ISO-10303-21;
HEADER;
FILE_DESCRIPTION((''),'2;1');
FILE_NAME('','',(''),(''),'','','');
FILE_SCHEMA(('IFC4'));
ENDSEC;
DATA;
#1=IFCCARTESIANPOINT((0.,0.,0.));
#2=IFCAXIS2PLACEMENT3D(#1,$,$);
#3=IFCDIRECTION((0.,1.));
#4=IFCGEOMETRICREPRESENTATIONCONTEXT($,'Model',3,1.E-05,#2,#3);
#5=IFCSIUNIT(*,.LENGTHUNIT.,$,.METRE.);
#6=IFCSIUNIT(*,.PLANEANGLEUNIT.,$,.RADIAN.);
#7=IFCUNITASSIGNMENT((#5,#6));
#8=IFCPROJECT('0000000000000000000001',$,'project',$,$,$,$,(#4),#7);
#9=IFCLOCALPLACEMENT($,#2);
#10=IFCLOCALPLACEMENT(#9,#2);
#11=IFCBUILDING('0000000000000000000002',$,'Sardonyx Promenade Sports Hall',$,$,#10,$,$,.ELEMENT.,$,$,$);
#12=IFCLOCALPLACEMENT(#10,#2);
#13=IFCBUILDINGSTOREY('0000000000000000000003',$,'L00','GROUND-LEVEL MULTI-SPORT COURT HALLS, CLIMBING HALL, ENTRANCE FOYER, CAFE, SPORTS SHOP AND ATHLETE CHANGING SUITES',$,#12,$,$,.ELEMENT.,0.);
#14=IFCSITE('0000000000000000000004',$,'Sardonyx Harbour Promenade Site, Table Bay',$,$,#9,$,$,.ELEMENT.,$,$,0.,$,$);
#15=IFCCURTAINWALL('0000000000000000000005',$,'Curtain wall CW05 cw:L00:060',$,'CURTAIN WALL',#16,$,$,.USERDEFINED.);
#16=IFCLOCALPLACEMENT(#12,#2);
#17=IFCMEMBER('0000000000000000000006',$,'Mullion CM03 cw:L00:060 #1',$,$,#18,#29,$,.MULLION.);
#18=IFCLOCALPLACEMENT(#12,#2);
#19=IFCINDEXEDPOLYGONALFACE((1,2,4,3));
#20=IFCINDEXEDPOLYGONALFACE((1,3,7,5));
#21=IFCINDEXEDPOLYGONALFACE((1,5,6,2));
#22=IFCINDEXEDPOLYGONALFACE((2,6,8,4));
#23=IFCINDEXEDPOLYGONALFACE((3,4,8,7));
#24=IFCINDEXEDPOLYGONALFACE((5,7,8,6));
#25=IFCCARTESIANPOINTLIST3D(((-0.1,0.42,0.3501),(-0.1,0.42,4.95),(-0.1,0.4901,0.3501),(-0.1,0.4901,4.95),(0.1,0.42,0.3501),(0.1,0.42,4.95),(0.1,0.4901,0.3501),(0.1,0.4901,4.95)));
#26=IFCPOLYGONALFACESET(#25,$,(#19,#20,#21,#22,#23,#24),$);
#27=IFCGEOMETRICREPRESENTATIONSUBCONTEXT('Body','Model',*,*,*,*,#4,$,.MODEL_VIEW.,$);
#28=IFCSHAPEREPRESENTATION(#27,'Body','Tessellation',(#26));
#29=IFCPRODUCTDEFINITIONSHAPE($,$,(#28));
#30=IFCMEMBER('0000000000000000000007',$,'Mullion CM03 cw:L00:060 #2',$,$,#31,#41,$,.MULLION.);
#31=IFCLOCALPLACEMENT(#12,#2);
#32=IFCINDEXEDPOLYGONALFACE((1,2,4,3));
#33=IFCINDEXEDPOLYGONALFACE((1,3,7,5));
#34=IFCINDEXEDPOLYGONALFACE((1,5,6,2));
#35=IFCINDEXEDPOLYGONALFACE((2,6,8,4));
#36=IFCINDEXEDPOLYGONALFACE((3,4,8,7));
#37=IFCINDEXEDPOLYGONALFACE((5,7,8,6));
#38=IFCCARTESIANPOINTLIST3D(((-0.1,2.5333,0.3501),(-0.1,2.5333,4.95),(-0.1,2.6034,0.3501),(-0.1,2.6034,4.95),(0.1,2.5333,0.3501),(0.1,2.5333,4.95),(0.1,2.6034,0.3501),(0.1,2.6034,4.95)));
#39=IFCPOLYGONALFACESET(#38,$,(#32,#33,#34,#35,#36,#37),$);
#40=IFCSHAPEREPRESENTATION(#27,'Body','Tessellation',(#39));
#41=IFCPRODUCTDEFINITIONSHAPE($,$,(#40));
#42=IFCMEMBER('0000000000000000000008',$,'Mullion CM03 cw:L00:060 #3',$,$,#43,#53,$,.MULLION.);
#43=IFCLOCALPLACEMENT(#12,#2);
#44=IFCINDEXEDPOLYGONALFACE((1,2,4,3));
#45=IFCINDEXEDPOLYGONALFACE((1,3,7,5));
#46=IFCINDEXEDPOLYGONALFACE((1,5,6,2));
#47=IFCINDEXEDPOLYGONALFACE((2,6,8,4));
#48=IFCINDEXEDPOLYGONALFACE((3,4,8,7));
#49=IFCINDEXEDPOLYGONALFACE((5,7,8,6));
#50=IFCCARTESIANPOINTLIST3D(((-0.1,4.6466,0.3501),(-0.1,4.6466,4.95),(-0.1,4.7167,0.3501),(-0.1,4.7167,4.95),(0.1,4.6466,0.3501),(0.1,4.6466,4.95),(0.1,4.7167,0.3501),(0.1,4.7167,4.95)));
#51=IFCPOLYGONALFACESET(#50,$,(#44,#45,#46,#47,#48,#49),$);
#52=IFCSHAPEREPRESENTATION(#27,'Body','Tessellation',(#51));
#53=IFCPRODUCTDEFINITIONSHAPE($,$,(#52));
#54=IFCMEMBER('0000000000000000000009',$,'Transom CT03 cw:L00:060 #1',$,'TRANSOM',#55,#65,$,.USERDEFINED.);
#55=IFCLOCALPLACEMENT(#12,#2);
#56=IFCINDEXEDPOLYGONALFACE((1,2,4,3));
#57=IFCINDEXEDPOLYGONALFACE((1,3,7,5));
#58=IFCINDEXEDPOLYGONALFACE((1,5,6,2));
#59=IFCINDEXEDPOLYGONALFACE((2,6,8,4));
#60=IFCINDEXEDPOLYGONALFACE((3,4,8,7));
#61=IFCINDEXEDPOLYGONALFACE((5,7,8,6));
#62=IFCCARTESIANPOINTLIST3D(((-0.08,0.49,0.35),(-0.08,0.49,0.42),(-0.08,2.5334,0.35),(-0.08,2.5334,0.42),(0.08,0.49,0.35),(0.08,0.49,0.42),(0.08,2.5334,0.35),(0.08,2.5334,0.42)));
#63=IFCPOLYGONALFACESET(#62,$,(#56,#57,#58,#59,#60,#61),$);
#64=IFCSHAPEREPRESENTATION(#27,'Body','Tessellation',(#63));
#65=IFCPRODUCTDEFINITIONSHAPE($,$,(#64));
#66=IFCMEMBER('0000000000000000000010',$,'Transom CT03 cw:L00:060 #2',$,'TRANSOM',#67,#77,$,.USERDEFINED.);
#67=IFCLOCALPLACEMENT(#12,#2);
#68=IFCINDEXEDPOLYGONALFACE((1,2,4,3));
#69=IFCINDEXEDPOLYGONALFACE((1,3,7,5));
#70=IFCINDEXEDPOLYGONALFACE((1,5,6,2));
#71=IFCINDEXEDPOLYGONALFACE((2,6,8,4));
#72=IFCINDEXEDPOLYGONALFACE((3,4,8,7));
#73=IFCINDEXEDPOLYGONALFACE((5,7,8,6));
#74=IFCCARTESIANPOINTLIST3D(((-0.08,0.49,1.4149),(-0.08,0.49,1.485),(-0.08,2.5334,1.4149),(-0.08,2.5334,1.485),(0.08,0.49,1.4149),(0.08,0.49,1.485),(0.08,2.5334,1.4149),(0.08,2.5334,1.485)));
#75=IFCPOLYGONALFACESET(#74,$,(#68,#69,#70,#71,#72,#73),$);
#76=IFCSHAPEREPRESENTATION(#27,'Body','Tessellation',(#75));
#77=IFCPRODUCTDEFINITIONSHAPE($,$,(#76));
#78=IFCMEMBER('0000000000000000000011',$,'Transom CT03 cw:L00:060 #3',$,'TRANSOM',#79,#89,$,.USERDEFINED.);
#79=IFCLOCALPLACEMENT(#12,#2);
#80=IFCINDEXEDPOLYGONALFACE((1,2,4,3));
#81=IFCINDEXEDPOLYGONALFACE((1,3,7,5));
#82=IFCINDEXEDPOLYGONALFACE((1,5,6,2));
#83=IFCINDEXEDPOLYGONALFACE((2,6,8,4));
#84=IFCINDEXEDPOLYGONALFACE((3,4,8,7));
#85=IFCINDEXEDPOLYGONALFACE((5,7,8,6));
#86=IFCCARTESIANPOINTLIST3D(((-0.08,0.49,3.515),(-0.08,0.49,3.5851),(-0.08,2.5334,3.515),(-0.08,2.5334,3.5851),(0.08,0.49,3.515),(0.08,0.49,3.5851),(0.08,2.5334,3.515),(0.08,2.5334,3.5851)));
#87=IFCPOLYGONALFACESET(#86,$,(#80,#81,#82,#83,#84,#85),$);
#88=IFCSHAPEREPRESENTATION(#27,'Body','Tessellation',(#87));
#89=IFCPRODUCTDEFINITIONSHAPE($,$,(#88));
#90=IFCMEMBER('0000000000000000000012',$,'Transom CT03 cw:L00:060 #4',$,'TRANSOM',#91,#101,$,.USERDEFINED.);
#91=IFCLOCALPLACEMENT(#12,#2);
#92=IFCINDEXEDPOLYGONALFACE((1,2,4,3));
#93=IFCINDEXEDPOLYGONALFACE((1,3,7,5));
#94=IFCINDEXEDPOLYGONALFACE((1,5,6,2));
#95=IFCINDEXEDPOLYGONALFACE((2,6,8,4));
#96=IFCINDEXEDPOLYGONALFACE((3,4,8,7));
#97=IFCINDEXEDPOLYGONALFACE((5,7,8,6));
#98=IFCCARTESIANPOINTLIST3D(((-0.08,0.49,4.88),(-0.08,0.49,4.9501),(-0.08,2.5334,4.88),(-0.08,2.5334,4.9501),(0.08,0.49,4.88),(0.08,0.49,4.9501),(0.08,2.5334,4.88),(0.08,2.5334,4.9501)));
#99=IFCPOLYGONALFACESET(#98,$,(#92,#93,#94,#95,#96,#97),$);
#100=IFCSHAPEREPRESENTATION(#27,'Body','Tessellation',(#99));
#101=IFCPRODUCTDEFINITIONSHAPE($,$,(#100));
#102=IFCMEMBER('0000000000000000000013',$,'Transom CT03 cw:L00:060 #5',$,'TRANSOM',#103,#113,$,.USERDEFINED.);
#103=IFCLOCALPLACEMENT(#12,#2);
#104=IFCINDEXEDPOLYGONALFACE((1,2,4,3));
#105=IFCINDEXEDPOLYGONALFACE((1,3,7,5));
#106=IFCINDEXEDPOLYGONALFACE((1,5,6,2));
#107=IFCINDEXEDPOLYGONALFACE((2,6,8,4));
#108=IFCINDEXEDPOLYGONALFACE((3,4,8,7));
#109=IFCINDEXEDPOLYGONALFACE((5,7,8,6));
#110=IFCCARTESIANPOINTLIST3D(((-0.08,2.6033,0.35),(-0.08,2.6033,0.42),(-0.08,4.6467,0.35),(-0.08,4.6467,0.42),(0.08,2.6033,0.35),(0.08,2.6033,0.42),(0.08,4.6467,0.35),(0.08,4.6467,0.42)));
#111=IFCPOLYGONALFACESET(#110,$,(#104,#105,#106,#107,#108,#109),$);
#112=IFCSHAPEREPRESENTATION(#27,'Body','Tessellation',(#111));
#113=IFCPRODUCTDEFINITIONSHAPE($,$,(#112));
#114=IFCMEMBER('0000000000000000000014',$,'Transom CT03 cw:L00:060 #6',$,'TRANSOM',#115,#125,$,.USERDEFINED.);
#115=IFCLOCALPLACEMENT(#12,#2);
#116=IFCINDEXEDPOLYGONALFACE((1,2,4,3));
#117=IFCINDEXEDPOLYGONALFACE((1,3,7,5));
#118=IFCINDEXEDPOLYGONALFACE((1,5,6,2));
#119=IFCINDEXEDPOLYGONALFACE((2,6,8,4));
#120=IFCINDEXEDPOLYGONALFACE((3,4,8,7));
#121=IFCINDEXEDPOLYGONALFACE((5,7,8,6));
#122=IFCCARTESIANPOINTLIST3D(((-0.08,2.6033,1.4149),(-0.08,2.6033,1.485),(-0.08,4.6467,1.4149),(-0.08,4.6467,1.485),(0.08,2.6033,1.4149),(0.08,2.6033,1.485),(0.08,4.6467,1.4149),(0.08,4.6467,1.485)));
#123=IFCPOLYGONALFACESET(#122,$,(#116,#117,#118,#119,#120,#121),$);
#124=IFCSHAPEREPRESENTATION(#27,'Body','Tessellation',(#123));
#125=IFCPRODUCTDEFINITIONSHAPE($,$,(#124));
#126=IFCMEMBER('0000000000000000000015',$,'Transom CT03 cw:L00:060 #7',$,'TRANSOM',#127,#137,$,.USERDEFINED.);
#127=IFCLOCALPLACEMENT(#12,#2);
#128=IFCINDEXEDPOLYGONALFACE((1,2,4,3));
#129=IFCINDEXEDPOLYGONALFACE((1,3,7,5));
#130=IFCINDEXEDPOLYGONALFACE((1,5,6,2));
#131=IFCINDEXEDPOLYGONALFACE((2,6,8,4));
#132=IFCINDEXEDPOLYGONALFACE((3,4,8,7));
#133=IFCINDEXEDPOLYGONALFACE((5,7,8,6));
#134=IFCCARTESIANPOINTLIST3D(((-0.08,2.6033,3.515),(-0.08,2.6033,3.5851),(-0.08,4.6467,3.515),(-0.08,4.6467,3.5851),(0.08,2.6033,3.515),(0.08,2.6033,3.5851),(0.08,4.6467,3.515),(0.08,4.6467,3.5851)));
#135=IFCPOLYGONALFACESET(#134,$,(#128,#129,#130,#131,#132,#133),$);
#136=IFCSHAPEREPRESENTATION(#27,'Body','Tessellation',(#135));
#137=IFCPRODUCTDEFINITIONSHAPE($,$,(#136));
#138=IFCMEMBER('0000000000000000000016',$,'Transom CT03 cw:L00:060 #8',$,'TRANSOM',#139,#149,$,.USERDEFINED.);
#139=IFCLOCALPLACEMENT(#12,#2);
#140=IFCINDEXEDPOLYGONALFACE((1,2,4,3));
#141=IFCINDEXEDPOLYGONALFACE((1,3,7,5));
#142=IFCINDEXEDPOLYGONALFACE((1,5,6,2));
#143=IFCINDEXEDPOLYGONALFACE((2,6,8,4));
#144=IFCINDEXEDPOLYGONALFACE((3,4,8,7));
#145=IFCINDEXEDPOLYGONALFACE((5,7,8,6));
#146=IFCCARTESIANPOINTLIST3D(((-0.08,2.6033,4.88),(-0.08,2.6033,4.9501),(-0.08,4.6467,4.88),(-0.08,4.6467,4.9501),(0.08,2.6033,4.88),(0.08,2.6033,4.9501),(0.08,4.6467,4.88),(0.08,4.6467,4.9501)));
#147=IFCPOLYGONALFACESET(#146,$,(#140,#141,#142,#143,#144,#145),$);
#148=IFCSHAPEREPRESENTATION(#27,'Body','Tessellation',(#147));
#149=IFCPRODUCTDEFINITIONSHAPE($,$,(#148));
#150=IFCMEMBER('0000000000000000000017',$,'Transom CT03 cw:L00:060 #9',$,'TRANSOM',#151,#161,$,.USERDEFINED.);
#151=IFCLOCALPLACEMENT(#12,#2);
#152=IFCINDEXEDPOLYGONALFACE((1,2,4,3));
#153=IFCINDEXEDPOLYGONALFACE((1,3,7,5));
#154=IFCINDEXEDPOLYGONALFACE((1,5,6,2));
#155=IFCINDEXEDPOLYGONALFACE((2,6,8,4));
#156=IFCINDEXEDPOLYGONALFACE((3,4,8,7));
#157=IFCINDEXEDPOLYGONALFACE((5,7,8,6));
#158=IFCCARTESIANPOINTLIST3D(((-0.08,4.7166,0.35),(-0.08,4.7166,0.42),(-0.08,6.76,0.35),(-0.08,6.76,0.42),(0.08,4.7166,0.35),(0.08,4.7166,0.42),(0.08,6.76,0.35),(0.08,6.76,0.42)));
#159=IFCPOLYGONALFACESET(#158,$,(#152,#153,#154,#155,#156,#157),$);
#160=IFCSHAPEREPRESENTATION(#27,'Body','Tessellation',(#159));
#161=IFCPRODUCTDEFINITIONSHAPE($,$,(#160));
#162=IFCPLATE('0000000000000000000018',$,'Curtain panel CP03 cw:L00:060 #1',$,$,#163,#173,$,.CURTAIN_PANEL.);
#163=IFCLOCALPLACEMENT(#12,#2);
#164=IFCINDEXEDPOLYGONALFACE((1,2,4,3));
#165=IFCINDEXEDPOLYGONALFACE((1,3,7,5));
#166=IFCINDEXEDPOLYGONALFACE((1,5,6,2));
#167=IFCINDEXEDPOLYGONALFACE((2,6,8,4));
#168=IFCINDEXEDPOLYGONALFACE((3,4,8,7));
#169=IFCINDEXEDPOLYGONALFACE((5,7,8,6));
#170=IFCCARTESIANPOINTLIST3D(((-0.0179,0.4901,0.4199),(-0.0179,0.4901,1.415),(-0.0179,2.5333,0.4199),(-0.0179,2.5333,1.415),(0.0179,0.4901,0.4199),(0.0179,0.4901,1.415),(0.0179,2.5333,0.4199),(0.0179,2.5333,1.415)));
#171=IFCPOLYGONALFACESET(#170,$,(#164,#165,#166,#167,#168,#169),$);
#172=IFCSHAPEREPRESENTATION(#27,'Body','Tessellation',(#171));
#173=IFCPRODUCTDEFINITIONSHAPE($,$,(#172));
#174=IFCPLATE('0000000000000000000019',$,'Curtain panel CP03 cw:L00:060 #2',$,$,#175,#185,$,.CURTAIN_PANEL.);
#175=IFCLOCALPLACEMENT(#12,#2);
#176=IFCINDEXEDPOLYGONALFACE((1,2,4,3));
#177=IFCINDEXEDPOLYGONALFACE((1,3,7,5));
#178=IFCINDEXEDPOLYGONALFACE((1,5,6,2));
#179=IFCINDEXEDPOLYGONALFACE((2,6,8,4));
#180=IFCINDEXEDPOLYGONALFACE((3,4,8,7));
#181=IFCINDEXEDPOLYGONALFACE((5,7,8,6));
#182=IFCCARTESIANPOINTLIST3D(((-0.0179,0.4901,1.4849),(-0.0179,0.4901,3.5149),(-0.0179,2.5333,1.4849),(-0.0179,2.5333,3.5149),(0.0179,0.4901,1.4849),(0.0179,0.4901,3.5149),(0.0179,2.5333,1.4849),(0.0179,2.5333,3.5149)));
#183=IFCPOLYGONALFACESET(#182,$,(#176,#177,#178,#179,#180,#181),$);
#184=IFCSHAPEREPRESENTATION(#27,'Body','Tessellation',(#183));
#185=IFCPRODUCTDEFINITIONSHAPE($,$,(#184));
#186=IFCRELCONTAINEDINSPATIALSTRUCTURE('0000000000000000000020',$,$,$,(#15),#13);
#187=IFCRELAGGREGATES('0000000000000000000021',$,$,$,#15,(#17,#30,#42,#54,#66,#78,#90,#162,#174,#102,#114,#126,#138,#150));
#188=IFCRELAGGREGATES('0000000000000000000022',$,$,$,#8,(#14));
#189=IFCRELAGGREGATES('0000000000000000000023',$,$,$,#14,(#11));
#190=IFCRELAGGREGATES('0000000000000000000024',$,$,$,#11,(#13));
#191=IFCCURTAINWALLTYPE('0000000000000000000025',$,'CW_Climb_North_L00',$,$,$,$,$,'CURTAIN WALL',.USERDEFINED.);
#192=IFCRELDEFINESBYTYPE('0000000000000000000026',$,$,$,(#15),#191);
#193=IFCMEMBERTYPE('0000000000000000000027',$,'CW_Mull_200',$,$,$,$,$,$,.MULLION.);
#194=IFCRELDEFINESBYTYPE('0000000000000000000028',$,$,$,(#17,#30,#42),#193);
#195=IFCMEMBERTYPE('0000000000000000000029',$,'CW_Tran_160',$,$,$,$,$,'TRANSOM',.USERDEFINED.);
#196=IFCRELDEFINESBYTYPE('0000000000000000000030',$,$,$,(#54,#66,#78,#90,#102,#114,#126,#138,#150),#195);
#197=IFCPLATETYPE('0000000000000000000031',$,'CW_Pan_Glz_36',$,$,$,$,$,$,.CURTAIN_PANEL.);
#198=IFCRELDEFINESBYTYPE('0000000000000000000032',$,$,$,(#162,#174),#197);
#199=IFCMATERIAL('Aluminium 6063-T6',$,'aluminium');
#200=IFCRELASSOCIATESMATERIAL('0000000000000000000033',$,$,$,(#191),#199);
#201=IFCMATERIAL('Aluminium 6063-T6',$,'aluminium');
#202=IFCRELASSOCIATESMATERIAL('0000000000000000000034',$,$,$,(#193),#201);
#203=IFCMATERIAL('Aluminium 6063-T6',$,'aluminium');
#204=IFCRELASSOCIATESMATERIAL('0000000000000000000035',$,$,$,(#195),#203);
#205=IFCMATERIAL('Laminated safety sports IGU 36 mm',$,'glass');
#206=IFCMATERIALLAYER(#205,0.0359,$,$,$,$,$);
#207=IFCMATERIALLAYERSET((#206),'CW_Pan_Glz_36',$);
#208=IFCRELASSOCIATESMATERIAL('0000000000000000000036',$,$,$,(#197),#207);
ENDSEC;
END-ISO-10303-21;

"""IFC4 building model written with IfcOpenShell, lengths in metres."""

from ifc_helpers import new_model, si_unit, direction, frame, origin, origin_2d, place, context, subcontext, project, spatial, rectangle, extrude, material, layer, layer_set, material_profile, profile_set, type_object, element, aggregate, save


model = new_model("IFC4")

# Units and contexts
model_context = context("Model", 3, precision=1e-05, world=origin(), true_north=direction((0.0, 1.0)))
body_context = subcontext(model_context, "Body", "Model", "MODEL_VIEW")
ifc_project = project(units=[si_unit("LENGTHUNIT", "METRE"), si_unit("PLANEANGLEUNIT", "RADIAN")], contexts=[model_context])

# Site, building, storey
site_placement = place(None, origin())
site = spatial("IfcSite", under=ifc_project, at=site_placement, Name="Sardonyx Harbour Promenade Site, Table Bay", CompositionType="ELEMENT", RefElevation=0.0)
building_placement = place(site_placement, origin())
building = spatial("IfcBuilding", under=site, at=building_placement, Name="Sardonyx Promenade Sports Hall", CompositionType="ELEMENT")
storey_placement = place(building_placement, origin())
storey = spatial("IfcBuildingStorey", under=building, at=storey_placement, Name="L00", Description="GROUND-LEVEL MULTI-SPORT COURT HALLS, CLIMBING HALL, ENTRANCE FOYER, CAFE, SPORTS SHOP AND ATHLETE CHANGING SUITES", CompositionType="ELEMENT", Elevation=0.0)

# Curtain wall, members, plates
ifc_material_1 = material(Name="Aluminium 6063-T6", Category="aluminium")
curtain_wall_type = type_object("IfcCurtainWallType", Name="CW_Climb_North_L00", ElementType="CURTAIN WALL", PredefinedType="USERDEFINED", material=ifc_material_1)
curtain_wall_placement = place(storey_placement, origin())
curtain_wall = element("IfcCurtainWall", 1, at=curtain_wall_placement, inside=storey, type_object=curtain_wall_type, Name="Curtain wall CW05 cw:L00:060", ObjectType="CURTAIN WALL", PredefinedType="USERDEFINED")
ifc_material_2 = material(Name="Aluminium 6063-T6", Category="aluminium")
ifc_material_profile_1 = material_profile(ifc_material_2, rectangle(XDim=0.0701, YDim=0.2, at=origin_2d()))
ifc_profile_set_1 = profile_set([ifc_material_profile_1], Name="Aluminium 6063-T6")
member_type_1 = type_object("IfcMemberType", Name="CW_Mull_200", PredefinedType="MULLION", material=ifc_profile_set_1)
member_1_placement = place(storey_placement, frame((0.0, 0.4551, 0.3501), z_axis=(0.0, 0.0, 1.0), x_axis=(0.0, 1.0, 0.0)))
member_1 = element("IfcMember", 2, at=member_1_placement, type_object=member_type_1, Name="Mullion CM03 cw:L00:060 #1", PredefinedType="MULLION", context=body_context, shape_type="SweptSolid", body=[
    extrude(rectangle(XDim=0.0701, YDim=0.2, at=origin_2d()), origin(), (0.0, 0.0, 1.0), 4.5999),
])
member_2_placement = place(storey_placement, frame((0.0, 2.5684, 0.3501), z_axis=(0.0, 0.0, 1.0), x_axis=(0.0, 1.0, 0.0)))
member_2 = element("IfcMember", 3, at=member_2_placement, type_object=member_type_1, Name="Mullion CM03 cw:L00:060 #2", PredefinedType="MULLION", context=body_context, shape_type="SweptSolid", body=[
    extrude(rectangle(XDim=0.0701, YDim=0.2, at=origin_2d()), origin(), (0.0, 0.0, 1.0), 4.5999),
])
member_3_placement = place(storey_placement, frame((0.0, 4.6816, 0.3501), z_axis=(0.0, 0.0, 1.0), x_axis=(0.0, 1.0, 0.0)))
member_3 = element("IfcMember", 4, at=member_3_placement, type_object=member_type_1, Name="Mullion CM03 cw:L00:060 #3", PredefinedType="MULLION", context=body_context, shape_type="SweptSolid", body=[
    extrude(rectangle(XDim=0.0701, YDim=0.2, at=origin_2d()), origin(), (0.0, 0.0, 1.0), 4.5999),
])
ifc_material_3 = material(Name="Aluminium 6063-T6", Category="aluminium")
ifc_material_profile_2 = material_profile(ifc_material_3, rectangle(XDim=0.0701, YDim=0.1599, at=origin_2d()))
ifc_profile_set_2 = profile_set([ifc_material_profile_2], Name="Aluminium 6063-T6")
member_type_2 = type_object("IfcMemberType", Name="CW_Tran_160", ElementType="TRANSOM", PredefinedType="USERDEFINED", material=ifc_profile_set_2)
member_4_placement = place(storey_placement, frame((0.0, 0.49, 0.385), z_axis=(0.0, 1.0, 0.0), x_axis=(0.0, 0.0, 1.0)))
member_4 = element("IfcMember", 5, at=member_4_placement, type_object=member_type_2, Name="Transom CT03 cw:L00:060 #1", ObjectType="TRANSOM", PredefinedType="USERDEFINED", context=body_context, shape_type="SweptSolid", body=[
    extrude(rectangle(XDim=0.0701, YDim=0.1599, at=origin_2d()), origin(), (0.0, 0.0, 1.0), 2.0435),
])
member_5_placement = place(storey_placement, frame((0.0, 0.49, 1.45), z_axis=(0.0, 1.0, 0.0), x_axis=(0.0, 0.0, 1.0)))
member_5 = element("IfcMember", 6, at=member_5_placement, type_object=member_type_2, Name="Transom CT03 cw:L00:060 #2", ObjectType="TRANSOM", PredefinedType="USERDEFINED", context=body_context, shape_type="SweptSolid", body=[
    extrude(rectangle(XDim=0.0701, YDim=0.1599, at=origin_2d()), origin(), (0.0, 0.0, 1.0), 2.0435),
])
member_6_placement = place(storey_placement, frame((0.0, 0.49, 3.55), z_axis=(0.0, 1.0, 0.0), x_axis=(0.0, 0.0, 1.0)))
member_6 = element("IfcMember", 7, at=member_6_placement, type_object=member_type_2, Name="Transom CT03 cw:L00:060 #3", ObjectType="TRANSOM", PredefinedType="USERDEFINED", context=body_context, shape_type="SweptSolid", body=[
    extrude(rectangle(XDim=0.0701, YDim=0.1599, at=origin_2d()), origin(), (0.0, 0.0, 1.0), 2.0435),
])
member_7_placement = place(storey_placement, frame((0.0, 0.49, 4.915), z_axis=(0.0, 1.0, 0.0), x_axis=(0.0, 0.0, 1.0)))
member_7 = element("IfcMember", 8, at=member_7_placement, type_object=member_type_2, Name="Transom CT03 cw:L00:060 #4", ObjectType="TRANSOM", PredefinedType="USERDEFINED", context=body_context, shape_type="SweptSolid", body=[
    extrude(rectangle(XDim=0.0701, YDim=0.1599, at=origin_2d()), origin(), (0.0, 0.0, 1.0), 2.0435),
])
member_8_placement = place(storey_placement, frame((0.0, 2.6033, 0.385), z_axis=(0.0, 1.0, 0.0), x_axis=(0.0, 0.0, 1.0)))
member_8 = element("IfcMember", 9, at=member_8_placement, type_object=member_type_2, Name="Transom CT03 cw:L00:060 #5", ObjectType="TRANSOM", PredefinedType="USERDEFINED", context=body_context, shape_type="SweptSolid", body=[
    extrude(rectangle(XDim=0.0701, YDim=0.1599, at=origin_2d()), origin(), (0.0, 0.0, 1.0), 2.0435),
])
member_9_placement = place(storey_placement, frame((0.0, 2.6033, 1.45), z_axis=(0.0, 1.0, 0.0), x_axis=(0.0, 0.0, 1.0)))
member_9 = element("IfcMember", 10, at=member_9_placement, type_object=member_type_2, Name="Transom CT03 cw:L00:060 #6", ObjectType="TRANSOM", PredefinedType="USERDEFINED", context=body_context, shape_type="SweptSolid", body=[
    extrude(rectangle(XDim=0.0701, YDim=0.1599, at=origin_2d()), origin(), (0.0, 0.0, 1.0), 2.0435),
])
member_10_placement = place(storey_placement, frame((0.0, 2.6033, 3.55), z_axis=(0.0, 1.0, 0.0), x_axis=(0.0, 0.0, 1.0)))
member_10 = element("IfcMember", 11, at=member_10_placement, type_object=member_type_2, Name="Transom CT03 cw:L00:060 #7", ObjectType="TRANSOM", PredefinedType="USERDEFINED", context=body_context, shape_type="SweptSolid", body=[
    extrude(rectangle(XDim=0.0701, YDim=0.1599, at=origin_2d()), origin(), (0.0, 0.0, 1.0), 2.0435),
])
member_11_placement = place(storey_placement, frame((0.0, 2.6033, 4.915), z_axis=(0.0, 1.0, 0.0), x_axis=(0.0, 0.0, 1.0)))
member_11 = element("IfcMember", 12, at=member_11_placement, type_object=member_type_2, Name="Transom CT03 cw:L00:060 #8", ObjectType="TRANSOM", PredefinedType="USERDEFINED", context=body_context, shape_type="SweptSolid", body=[
    extrude(rectangle(XDim=0.0701, YDim=0.1599, at=origin_2d()), origin(), (0.0, 0.0, 1.0), 2.0435),
])
member_12_placement = place(storey_placement, frame((0.0, 4.7166, 0.385), z_axis=(0.0, 1.0, 0.0), x_axis=(0.0, 0.0, 1.0)))
member_12 = element("IfcMember", 13, at=member_12_placement, type_object=member_type_2, Name="Transom CT03 cw:L00:060 #9", ObjectType="TRANSOM", PredefinedType="USERDEFINED", context=body_context, shape_type="SweptSolid", body=[
    extrude(rectangle(XDim=0.0701, YDim=0.1599, at=origin_2d()), origin(), (0.0, 0.0, 1.0), 2.0435),
])
ifc_material_4 = material(Name="Laminated safety sports IGU 36 mm", Category="glass")
ifc_layer_1 = layer(ifc_material_4, 0.0359)
ifc_layer_set_1 = layer_set([ifc_layer_1], Name="CW_Pan_Glz_36")
plate_type = type_object("IfcPlateType", Name="CW_Pan_Glz_36", PredefinedType="CURTAIN_PANEL", material=ifc_layer_set_1)
plate_1_placement = place(storey_placement, frame((0.0, 1.5117, 0.4199), z_axis=(0.0, 0.0, 1.0), x_axis=(0.0, 1.0, 0.0)))
plate_1 = element("IfcPlate", 14, at=plate_1_placement, type_object=plate_type, Name="Curtain panel CP03 cw:L00:060 #1", PredefinedType="CURTAIN_PANEL", context=body_context, shape_type="SweptSolid", body=[
    extrude(rectangle(XDim=2.0432, YDim=0.0359, at=origin_2d()), origin(), (0.0, 0.0, 1.0), 0.9951),
])
plate_2_placement = place(storey_placement, frame((0.0, 1.5117, 1.4849), z_axis=(0.0, 0.0, 1.0), x_axis=(0.0, 1.0, 0.0)))
plate_2 = element("IfcPlate", 15, at=plate_2_placement, type_object=plate_type, Name="Curtain panel CP03 cw:L00:060 #2", PredefinedType="CURTAIN_PANEL", context=body_context, shape_type="SweptSolid", body=[
    extrude(rectangle(XDim=2.0432, YDim=0.0359, at=origin_2d()), origin(), (0.0, 0.0, 1.0), 2.03),
])
aggregate(curtain_wall, [member_1, member_2, member_3, member_4, member_5, member_6, member_7, plate_1, plate_2, member_8, member_9, member_10, member_11, member_12])

save(model, "model.ifc")
